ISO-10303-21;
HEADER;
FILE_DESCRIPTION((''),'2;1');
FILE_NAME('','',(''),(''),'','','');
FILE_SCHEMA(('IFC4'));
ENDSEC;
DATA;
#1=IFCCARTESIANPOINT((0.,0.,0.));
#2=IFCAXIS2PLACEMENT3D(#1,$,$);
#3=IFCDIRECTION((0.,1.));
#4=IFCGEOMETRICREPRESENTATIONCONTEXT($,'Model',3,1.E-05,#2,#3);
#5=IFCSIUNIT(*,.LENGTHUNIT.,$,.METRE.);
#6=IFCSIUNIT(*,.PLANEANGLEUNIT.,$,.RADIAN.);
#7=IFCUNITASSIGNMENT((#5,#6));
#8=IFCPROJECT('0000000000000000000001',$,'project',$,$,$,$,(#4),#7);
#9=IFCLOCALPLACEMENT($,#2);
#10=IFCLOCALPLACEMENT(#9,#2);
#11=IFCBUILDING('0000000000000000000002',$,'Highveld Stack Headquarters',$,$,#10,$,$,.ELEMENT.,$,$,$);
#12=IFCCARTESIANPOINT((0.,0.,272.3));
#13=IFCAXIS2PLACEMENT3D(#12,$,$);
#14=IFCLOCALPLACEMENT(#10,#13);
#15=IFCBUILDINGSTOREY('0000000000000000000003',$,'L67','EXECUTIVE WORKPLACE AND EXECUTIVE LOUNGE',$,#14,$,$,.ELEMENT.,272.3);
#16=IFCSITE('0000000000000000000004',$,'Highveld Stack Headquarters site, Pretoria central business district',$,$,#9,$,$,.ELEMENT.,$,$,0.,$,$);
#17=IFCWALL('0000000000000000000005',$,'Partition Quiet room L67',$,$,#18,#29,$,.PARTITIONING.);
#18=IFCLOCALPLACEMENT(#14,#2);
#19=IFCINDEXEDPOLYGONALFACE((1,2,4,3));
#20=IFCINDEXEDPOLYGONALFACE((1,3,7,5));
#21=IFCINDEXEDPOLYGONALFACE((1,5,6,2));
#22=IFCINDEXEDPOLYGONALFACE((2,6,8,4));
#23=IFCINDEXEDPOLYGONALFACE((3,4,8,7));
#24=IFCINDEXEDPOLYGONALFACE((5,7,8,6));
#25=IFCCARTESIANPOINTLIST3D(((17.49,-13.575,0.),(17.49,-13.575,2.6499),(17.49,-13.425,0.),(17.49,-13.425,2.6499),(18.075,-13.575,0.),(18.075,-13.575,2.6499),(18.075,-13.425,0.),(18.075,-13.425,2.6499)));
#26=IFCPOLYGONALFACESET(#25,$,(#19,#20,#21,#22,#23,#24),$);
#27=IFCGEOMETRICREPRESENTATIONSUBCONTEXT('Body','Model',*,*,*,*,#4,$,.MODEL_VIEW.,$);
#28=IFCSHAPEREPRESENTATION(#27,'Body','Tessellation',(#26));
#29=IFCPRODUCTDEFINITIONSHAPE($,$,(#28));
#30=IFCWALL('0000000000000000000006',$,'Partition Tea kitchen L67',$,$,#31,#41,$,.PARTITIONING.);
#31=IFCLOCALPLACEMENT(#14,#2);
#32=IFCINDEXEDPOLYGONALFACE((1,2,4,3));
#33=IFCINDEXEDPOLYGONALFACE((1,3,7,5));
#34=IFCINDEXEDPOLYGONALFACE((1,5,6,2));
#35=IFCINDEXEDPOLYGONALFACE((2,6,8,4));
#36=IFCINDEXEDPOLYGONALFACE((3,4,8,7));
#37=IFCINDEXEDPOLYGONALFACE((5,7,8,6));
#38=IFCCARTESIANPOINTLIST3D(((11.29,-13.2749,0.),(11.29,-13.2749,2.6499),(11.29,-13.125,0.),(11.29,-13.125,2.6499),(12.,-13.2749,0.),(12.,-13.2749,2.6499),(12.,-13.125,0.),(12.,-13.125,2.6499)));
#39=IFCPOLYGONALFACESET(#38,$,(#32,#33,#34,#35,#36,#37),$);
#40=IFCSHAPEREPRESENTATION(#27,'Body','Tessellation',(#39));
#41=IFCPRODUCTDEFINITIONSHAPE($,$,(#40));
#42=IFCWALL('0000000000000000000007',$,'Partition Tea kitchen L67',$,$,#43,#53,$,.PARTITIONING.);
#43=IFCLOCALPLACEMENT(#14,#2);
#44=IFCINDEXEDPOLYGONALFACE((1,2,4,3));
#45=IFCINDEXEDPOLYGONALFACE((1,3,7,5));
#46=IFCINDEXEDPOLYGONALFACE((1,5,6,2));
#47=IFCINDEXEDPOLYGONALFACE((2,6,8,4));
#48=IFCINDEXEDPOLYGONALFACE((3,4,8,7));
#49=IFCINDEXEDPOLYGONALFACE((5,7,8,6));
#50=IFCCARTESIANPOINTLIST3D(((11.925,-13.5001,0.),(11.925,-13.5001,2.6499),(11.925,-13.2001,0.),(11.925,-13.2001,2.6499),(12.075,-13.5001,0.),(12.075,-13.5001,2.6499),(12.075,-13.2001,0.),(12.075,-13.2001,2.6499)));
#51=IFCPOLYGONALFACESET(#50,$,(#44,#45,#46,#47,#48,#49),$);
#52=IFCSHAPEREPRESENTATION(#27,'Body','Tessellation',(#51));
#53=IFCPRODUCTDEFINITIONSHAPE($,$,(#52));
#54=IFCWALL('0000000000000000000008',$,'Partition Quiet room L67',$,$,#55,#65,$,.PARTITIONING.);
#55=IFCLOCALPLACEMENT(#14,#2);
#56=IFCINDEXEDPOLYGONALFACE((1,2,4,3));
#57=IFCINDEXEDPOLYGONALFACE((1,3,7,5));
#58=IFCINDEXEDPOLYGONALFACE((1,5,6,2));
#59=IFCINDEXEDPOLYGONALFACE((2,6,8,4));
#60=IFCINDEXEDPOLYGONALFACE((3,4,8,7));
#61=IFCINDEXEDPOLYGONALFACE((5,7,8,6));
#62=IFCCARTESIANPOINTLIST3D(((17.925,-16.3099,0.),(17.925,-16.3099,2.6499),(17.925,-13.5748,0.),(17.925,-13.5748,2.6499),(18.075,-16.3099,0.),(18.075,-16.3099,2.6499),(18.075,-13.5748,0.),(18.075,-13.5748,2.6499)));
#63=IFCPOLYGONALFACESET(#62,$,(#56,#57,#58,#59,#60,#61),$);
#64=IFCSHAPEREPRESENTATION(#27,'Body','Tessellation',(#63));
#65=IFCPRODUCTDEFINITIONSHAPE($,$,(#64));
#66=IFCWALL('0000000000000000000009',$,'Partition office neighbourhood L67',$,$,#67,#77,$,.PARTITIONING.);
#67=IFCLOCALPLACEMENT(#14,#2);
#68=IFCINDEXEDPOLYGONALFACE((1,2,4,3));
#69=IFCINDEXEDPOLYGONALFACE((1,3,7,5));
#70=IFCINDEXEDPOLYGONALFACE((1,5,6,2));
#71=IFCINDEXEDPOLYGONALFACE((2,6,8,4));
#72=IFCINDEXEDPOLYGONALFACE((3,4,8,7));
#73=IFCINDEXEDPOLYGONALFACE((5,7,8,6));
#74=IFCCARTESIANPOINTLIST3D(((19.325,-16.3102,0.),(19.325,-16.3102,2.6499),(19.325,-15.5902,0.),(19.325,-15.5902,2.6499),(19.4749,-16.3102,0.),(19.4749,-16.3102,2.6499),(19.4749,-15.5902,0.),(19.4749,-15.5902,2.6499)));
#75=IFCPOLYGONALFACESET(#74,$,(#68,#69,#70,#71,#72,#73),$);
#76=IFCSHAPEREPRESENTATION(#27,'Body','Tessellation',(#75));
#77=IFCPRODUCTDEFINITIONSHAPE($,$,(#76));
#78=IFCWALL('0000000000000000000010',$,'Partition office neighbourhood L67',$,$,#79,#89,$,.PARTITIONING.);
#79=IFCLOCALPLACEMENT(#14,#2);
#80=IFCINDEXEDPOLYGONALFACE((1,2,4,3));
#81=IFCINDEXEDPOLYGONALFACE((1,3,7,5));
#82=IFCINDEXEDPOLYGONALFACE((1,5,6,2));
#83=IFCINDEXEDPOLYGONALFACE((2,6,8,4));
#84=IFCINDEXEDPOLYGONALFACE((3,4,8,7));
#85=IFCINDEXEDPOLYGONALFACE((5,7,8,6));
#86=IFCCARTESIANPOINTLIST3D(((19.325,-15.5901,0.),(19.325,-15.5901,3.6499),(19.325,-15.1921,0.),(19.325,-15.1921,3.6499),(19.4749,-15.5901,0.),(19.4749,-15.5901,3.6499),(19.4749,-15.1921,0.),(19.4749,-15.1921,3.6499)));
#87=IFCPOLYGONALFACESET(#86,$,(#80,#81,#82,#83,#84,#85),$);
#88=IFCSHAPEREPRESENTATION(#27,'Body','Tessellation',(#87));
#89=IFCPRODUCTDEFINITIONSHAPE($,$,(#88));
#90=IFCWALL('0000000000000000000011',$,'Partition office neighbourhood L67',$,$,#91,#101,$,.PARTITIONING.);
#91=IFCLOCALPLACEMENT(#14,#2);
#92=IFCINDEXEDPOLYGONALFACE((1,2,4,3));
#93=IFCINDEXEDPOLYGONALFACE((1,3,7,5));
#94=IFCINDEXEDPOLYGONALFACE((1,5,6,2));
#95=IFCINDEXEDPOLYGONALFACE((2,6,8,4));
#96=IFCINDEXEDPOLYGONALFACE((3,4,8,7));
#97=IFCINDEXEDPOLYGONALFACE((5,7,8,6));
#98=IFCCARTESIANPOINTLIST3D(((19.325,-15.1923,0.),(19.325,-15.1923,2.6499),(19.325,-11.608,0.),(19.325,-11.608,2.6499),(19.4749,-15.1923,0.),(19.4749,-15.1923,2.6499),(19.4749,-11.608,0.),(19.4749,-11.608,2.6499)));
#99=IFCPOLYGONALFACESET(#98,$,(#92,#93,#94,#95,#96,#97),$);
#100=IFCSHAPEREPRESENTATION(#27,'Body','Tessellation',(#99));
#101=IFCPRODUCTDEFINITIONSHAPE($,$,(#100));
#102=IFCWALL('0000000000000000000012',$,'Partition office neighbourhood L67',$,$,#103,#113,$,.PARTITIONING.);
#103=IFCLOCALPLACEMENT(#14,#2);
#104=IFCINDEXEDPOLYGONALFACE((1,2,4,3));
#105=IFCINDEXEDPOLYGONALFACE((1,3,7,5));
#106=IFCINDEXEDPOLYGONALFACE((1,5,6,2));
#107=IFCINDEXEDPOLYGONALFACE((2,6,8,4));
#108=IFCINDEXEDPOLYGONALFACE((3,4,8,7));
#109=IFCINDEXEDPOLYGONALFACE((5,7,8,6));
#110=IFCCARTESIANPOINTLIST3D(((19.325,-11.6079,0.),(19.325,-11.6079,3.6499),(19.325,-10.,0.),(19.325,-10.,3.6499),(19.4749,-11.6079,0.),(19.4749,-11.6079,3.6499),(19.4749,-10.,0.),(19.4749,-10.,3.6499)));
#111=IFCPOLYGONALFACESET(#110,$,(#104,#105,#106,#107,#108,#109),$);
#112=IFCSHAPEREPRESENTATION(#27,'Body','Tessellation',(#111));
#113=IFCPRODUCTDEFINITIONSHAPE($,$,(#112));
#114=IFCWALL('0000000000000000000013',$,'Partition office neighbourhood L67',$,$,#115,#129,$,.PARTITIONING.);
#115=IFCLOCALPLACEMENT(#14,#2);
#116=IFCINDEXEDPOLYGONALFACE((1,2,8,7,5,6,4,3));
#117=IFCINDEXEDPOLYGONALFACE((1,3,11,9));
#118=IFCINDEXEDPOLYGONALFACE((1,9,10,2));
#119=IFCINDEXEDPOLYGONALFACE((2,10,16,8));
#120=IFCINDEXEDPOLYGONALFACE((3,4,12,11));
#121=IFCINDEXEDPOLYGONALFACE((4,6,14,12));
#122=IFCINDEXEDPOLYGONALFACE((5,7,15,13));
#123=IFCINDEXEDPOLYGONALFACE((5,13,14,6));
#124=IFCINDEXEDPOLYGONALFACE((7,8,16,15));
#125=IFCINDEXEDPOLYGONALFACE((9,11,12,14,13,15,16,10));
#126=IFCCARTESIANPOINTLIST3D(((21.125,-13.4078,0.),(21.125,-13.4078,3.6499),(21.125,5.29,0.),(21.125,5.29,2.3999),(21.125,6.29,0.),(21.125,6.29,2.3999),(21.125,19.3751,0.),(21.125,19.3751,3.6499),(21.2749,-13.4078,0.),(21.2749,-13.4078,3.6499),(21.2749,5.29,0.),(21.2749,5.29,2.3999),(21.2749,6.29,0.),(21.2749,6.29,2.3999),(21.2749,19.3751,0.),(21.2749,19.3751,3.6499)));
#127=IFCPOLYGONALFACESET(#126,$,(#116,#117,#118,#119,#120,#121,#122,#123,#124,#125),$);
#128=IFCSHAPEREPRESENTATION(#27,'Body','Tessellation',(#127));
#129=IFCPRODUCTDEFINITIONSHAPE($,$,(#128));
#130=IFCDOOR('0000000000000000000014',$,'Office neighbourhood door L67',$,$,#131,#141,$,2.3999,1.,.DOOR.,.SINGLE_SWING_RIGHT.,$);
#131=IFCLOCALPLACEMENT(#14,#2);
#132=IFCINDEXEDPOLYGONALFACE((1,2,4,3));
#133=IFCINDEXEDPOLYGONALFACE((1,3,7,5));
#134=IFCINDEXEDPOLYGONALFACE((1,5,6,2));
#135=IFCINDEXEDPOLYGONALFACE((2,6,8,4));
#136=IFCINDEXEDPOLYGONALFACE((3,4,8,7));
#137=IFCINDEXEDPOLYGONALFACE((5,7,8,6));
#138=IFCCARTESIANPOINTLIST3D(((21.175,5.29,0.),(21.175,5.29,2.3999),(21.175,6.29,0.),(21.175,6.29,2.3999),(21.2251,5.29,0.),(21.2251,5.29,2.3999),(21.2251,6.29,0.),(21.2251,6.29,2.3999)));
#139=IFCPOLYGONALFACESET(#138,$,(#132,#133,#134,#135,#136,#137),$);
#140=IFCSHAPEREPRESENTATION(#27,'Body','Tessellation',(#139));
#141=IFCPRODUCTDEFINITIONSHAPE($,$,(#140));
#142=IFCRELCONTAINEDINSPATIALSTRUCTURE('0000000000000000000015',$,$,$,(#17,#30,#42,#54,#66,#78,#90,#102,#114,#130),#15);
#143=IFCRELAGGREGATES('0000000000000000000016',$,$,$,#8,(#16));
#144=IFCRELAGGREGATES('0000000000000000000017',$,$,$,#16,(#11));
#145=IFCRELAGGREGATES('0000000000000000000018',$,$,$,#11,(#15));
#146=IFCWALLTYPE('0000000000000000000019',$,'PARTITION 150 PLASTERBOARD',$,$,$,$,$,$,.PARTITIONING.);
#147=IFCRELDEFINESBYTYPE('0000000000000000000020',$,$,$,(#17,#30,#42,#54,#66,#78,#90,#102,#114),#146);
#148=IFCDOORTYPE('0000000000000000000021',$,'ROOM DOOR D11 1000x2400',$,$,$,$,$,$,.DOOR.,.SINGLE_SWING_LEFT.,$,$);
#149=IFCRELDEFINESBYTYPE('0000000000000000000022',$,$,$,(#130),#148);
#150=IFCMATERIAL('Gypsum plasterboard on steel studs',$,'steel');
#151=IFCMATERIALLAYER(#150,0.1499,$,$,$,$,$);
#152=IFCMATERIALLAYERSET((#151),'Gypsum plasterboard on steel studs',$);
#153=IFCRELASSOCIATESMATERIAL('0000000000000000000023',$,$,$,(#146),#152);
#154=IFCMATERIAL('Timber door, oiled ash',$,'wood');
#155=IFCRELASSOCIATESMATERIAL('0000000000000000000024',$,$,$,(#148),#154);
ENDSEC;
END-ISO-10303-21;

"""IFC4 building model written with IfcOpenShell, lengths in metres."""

from ifc_helpers import new_model, si_unit, direction, frame, frame_2d, origin, place, context, subcontext, project, spatial, rectangle, extrude, material, layer, layer_set, type_object, element, fill, save


model = new_model("IFC4")

# Units and contexts
model_context = context("Model", 3, precision=1e-05, world=origin(), true_north=direction((0.0, 1.0)))
body_context = subcontext(model_context, "Body", "Model", "MODEL_VIEW")
ifc_project = project(units=[si_unit("LENGTHUNIT", "METRE"), si_unit("PLANEANGLEUNIT", "RADIAN")], contexts=[model_context])

# Site, building, storey
site_placement = place(None, origin())
site = spatial("IfcSite", under=ifc_project, at=site_placement, Name="Highveld Stack Headquarters site, Pretoria central business district", CompositionType="ELEMENT", RefElevation=0.0)
building_placement = place(site_placement, origin())
building = spatial("IfcBuilding", under=site, at=building_placement, Name="Highveld Stack Headquarters", CompositionType="ELEMENT")
storey_placement = place(building_placement, frame((0.0, 0.0, 272.3)))
storey = spatial("IfcBuildingStorey", under=building, at=storey_placement, Name="L67", Description="EXECUTIVE WORKPLACE AND EXECUTIVE LOUNGE", CompositionType="ELEMENT", Elevation=272.3)

# Shared definitions
ifc_material_1 = material(Name="Gypsum plasterboard on steel studs", Category="steel")
ifc_layer_1 = layer(ifc_material_1, 0.1499)
ifc_layer_set_1 = layer_set([ifc_layer_1], Name="Gypsum plasterboard on steel studs")
wall_type_1 = type_object("IfcWallType", Name="PARTITION 150 PLASTERBOARD", PredefinedType="PARTITIONING", material=ifc_layer_set_1)

# Shared definitions
ifc_material_2 = material(Name="Timber door, oiled ash", Category="wood")
door_type_1 = type_object("IfcDoorType", Name="ROOM DOOR D11 1000x2400", OperationType="SINGLE_SWING_LEFT", PredefinedType="DOOR", material=ifc_material_2)

# Walls
wall_1_placement = place(storey_placement, frame((17.49, -13.5, 0.0), z_axis=(0.0, 0.0, 1.0), x_axis=(1.0, 0.0, 0.0)))
element("IfcWall", 1, at=wall_1_placement, inside=storey, type_object=wall_type_1, Name="Partition Quiet room L67", PredefinedType="PARTITIONING", context=body_context, shape_type="SweptSolid", body=[
    extrude(rectangle(XDim=0.585, YDim=0.1499, at=frame_2d((0.2925, 0.0))), origin(), (0.0, 0.0, 1.0), 2.6499),
])
wall_2_placement = place(storey_placement, frame((11.29, -13.2, 0.0), z_axis=(0.0, 0.0, 1.0), x_axis=(1.0, 0.0, 0.0)))
element("IfcWall", 2, at=wall_2_placement, inside=storey, type_object=wall_type_1, Name="Partition Tea kitchen L67", PredefinedType="PARTITIONING", context=body_context, shape_type="SweptSolid", body=[
    extrude(rectangle(XDim=0.71, YDim=0.1499, at=frame_2d((0.355, 0.0))), origin(), (0.0, 0.0, 1.0), 2.6499),
])
wall_3_placement = place(storey_placement, frame((12.0, -13.5, 0.0), z_axis=(0.0, 0.0, 1.0), x_axis=(0.0, 1.0, 0.0)))
element("IfcWall", 3, at=wall_3_placement, inside=storey, type_object=wall_type_1, Name="Partition Tea kitchen L67", PredefinedType="PARTITIONING", context=body_context, shape_type="SweptSolid", body=[
    extrude(rectangle(XDim=0.3, YDim=0.1499, at=frame_2d((0.1499, 0.0))), origin(), (0.0, 0.0, 1.0), 2.6499),
])
wall_4_placement = place(storey_placement, frame((18.0, -16.3101, 0.0), z_axis=(0.0, 0.0, 1.0), x_axis=(0.0, 1.0, 0.0)))
element("IfcWall", 4, at=wall_4_placement, inside=storey, type_object=wall_type_1, Name="Partition Quiet room L67", PredefinedType="PARTITIONING", context=body_context, shape_type="SweptSolid", body=[
    extrude(rectangle(XDim=2.7351, YDim=0.1499, at=frame_2d((1.3677, 0.0))), origin(), (0.0, 0.0, 1.0), 2.6499),
])
wall_5_placement = place(storey_placement, frame((19.3999, -16.3101, 0.0), z_axis=(0.0, 0.0, 1.0), x_axis=(0.0, 1.0, 0.0)))
element("IfcWall", 5, at=wall_5_placement, inside=storey, type_object=wall_type_1, Name="Partition office neighbourhood L67", PredefinedType="PARTITIONING", context=body_context, shape_type="SweptSolid", body=[
    extrude(rectangle(XDim=0.72, YDim=0.1499, at=frame_2d((0.3599, 0.0))), origin(), (0.0, 0.0, 1.0), 2.6499),
])
wall_6_placement = place(storey_placement, frame((19.3999, -15.5901, 0.0), z_axis=(0.0, 0.0, 1.0), x_axis=(0.0, 1.0, 0.0)))
element("IfcWall", 6, at=wall_6_placement, inside=storey, type_object=wall_type_1, Name="Partition office neighbourhood L67", PredefinedType="PARTITIONING", context=body_context, shape_type="SweptSolid", body=[
    extrude(rectangle(XDim=0.3979, YDim=0.1499, at=frame_2d((0.199, 0.0))), origin(), (0.0, 0.0, 1.0), 3.6499),
])
wall_7_placement = place(storey_placement, frame((19.3999, -15.1921, 0.0), z_axis=(0.0, 0.0, 1.0), x_axis=(0.0, 1.0, 0.0)))
element("IfcWall", 7, at=wall_7_placement, inside=storey, type_object=wall_type_1, Name="Partition office neighbourhood L67", PredefinedType="PARTITIONING", context=body_context, shape_type="SweptSolid", body=[
    extrude(rectangle(XDim=3.5842, YDim=0.1499, at=frame_2d((1.792, 0.0))), origin(), (0.0, 0.0, 1.0), 2.6499),
])
wall_8_placement = place(storey_placement, frame((19.3999, -11.6079, 0.0), z_axis=(0.0, 0.0, 1.0), x_axis=(0.0, 1.0, 0.0)))
element("IfcWall", 8, at=wall_8_placement, inside=storey, type_object=wall_type_1, Name="Partition office neighbourhood L67", PredefinedType="PARTITIONING", context=body_context, shape_type="SweptSolid", body=[
    extrude(rectangle(XDim=1.6079, YDim=0.1499, at=frame_2d((0.804, 0.0))), origin(), (0.0, 0.0, 1.0), 3.6499),
])

# Wall, opening, door
wall_9_placement = place(storey_placement, frame((21.2, -13.408, 0.0), z_axis=(0.0, 0.0, 1.0), x_axis=(0.0, 1.0, 0.0)))
wall_9 = element("IfcWall", 9, at=wall_9_placement, inside=storey, type_object=wall_type_1, Name="Partition office neighbourhood L67", PredefinedType="PARTITIONING", context=body_context, shape_type="SweptSolid", body=[
    extrude(rectangle(XDim=32.783, YDim=0.1499, at=frame_2d((16.3916, 0.0))), origin(), (0.0, 0.0, 1.0), 3.6499),
])
opening_1_placement = place(wall_9_placement, frame((18.698, 0.0, 0.0)))
opening_1 = element("IfcOpeningElement", 10, at=opening_1_placement, cuts=wall_9, PredefinedType="OPENING", context=body_context, shape_type="SweptSolid", body=[
    extrude(rectangle(XDim=1.0, YDim=2.3999, at=frame_2d((0.5, 1.2))), frame((0.0, 0.085, 0.0), z_axis=(0.0, -1.0, 0.0), x_axis=(1.0, 0.0, 0.0)), (0.0, 0.0, 1.0), 0.1699),
])
door_1_placement = place(opening_1_placement, origin())
door_1 = element("IfcDoor", 11, at=door_1_placement, inside=storey, type_object=door_type_1, Name="Office neighbourhood door L67", OperationType="SINGLE_SWING_RIGHT", OverallHeight=2.3999, OverallWidth=1.0, PredefinedType="DOOR", context=body_context, shape_type="SweptSolid", body=[
    extrude(rectangle(XDim=1.0, YDim=2.3999, at=frame_2d((0.5, 1.2))), frame((0.0, 0.0249, 0.0), z_axis=(0.0, -1.0, 0.0), x_axis=(1.0, 0.0, 0.0)), (0.0, 0.0, 1.0), 0.05),
])
fill(opening_1, door_1)

save(model, "model.ifc")
